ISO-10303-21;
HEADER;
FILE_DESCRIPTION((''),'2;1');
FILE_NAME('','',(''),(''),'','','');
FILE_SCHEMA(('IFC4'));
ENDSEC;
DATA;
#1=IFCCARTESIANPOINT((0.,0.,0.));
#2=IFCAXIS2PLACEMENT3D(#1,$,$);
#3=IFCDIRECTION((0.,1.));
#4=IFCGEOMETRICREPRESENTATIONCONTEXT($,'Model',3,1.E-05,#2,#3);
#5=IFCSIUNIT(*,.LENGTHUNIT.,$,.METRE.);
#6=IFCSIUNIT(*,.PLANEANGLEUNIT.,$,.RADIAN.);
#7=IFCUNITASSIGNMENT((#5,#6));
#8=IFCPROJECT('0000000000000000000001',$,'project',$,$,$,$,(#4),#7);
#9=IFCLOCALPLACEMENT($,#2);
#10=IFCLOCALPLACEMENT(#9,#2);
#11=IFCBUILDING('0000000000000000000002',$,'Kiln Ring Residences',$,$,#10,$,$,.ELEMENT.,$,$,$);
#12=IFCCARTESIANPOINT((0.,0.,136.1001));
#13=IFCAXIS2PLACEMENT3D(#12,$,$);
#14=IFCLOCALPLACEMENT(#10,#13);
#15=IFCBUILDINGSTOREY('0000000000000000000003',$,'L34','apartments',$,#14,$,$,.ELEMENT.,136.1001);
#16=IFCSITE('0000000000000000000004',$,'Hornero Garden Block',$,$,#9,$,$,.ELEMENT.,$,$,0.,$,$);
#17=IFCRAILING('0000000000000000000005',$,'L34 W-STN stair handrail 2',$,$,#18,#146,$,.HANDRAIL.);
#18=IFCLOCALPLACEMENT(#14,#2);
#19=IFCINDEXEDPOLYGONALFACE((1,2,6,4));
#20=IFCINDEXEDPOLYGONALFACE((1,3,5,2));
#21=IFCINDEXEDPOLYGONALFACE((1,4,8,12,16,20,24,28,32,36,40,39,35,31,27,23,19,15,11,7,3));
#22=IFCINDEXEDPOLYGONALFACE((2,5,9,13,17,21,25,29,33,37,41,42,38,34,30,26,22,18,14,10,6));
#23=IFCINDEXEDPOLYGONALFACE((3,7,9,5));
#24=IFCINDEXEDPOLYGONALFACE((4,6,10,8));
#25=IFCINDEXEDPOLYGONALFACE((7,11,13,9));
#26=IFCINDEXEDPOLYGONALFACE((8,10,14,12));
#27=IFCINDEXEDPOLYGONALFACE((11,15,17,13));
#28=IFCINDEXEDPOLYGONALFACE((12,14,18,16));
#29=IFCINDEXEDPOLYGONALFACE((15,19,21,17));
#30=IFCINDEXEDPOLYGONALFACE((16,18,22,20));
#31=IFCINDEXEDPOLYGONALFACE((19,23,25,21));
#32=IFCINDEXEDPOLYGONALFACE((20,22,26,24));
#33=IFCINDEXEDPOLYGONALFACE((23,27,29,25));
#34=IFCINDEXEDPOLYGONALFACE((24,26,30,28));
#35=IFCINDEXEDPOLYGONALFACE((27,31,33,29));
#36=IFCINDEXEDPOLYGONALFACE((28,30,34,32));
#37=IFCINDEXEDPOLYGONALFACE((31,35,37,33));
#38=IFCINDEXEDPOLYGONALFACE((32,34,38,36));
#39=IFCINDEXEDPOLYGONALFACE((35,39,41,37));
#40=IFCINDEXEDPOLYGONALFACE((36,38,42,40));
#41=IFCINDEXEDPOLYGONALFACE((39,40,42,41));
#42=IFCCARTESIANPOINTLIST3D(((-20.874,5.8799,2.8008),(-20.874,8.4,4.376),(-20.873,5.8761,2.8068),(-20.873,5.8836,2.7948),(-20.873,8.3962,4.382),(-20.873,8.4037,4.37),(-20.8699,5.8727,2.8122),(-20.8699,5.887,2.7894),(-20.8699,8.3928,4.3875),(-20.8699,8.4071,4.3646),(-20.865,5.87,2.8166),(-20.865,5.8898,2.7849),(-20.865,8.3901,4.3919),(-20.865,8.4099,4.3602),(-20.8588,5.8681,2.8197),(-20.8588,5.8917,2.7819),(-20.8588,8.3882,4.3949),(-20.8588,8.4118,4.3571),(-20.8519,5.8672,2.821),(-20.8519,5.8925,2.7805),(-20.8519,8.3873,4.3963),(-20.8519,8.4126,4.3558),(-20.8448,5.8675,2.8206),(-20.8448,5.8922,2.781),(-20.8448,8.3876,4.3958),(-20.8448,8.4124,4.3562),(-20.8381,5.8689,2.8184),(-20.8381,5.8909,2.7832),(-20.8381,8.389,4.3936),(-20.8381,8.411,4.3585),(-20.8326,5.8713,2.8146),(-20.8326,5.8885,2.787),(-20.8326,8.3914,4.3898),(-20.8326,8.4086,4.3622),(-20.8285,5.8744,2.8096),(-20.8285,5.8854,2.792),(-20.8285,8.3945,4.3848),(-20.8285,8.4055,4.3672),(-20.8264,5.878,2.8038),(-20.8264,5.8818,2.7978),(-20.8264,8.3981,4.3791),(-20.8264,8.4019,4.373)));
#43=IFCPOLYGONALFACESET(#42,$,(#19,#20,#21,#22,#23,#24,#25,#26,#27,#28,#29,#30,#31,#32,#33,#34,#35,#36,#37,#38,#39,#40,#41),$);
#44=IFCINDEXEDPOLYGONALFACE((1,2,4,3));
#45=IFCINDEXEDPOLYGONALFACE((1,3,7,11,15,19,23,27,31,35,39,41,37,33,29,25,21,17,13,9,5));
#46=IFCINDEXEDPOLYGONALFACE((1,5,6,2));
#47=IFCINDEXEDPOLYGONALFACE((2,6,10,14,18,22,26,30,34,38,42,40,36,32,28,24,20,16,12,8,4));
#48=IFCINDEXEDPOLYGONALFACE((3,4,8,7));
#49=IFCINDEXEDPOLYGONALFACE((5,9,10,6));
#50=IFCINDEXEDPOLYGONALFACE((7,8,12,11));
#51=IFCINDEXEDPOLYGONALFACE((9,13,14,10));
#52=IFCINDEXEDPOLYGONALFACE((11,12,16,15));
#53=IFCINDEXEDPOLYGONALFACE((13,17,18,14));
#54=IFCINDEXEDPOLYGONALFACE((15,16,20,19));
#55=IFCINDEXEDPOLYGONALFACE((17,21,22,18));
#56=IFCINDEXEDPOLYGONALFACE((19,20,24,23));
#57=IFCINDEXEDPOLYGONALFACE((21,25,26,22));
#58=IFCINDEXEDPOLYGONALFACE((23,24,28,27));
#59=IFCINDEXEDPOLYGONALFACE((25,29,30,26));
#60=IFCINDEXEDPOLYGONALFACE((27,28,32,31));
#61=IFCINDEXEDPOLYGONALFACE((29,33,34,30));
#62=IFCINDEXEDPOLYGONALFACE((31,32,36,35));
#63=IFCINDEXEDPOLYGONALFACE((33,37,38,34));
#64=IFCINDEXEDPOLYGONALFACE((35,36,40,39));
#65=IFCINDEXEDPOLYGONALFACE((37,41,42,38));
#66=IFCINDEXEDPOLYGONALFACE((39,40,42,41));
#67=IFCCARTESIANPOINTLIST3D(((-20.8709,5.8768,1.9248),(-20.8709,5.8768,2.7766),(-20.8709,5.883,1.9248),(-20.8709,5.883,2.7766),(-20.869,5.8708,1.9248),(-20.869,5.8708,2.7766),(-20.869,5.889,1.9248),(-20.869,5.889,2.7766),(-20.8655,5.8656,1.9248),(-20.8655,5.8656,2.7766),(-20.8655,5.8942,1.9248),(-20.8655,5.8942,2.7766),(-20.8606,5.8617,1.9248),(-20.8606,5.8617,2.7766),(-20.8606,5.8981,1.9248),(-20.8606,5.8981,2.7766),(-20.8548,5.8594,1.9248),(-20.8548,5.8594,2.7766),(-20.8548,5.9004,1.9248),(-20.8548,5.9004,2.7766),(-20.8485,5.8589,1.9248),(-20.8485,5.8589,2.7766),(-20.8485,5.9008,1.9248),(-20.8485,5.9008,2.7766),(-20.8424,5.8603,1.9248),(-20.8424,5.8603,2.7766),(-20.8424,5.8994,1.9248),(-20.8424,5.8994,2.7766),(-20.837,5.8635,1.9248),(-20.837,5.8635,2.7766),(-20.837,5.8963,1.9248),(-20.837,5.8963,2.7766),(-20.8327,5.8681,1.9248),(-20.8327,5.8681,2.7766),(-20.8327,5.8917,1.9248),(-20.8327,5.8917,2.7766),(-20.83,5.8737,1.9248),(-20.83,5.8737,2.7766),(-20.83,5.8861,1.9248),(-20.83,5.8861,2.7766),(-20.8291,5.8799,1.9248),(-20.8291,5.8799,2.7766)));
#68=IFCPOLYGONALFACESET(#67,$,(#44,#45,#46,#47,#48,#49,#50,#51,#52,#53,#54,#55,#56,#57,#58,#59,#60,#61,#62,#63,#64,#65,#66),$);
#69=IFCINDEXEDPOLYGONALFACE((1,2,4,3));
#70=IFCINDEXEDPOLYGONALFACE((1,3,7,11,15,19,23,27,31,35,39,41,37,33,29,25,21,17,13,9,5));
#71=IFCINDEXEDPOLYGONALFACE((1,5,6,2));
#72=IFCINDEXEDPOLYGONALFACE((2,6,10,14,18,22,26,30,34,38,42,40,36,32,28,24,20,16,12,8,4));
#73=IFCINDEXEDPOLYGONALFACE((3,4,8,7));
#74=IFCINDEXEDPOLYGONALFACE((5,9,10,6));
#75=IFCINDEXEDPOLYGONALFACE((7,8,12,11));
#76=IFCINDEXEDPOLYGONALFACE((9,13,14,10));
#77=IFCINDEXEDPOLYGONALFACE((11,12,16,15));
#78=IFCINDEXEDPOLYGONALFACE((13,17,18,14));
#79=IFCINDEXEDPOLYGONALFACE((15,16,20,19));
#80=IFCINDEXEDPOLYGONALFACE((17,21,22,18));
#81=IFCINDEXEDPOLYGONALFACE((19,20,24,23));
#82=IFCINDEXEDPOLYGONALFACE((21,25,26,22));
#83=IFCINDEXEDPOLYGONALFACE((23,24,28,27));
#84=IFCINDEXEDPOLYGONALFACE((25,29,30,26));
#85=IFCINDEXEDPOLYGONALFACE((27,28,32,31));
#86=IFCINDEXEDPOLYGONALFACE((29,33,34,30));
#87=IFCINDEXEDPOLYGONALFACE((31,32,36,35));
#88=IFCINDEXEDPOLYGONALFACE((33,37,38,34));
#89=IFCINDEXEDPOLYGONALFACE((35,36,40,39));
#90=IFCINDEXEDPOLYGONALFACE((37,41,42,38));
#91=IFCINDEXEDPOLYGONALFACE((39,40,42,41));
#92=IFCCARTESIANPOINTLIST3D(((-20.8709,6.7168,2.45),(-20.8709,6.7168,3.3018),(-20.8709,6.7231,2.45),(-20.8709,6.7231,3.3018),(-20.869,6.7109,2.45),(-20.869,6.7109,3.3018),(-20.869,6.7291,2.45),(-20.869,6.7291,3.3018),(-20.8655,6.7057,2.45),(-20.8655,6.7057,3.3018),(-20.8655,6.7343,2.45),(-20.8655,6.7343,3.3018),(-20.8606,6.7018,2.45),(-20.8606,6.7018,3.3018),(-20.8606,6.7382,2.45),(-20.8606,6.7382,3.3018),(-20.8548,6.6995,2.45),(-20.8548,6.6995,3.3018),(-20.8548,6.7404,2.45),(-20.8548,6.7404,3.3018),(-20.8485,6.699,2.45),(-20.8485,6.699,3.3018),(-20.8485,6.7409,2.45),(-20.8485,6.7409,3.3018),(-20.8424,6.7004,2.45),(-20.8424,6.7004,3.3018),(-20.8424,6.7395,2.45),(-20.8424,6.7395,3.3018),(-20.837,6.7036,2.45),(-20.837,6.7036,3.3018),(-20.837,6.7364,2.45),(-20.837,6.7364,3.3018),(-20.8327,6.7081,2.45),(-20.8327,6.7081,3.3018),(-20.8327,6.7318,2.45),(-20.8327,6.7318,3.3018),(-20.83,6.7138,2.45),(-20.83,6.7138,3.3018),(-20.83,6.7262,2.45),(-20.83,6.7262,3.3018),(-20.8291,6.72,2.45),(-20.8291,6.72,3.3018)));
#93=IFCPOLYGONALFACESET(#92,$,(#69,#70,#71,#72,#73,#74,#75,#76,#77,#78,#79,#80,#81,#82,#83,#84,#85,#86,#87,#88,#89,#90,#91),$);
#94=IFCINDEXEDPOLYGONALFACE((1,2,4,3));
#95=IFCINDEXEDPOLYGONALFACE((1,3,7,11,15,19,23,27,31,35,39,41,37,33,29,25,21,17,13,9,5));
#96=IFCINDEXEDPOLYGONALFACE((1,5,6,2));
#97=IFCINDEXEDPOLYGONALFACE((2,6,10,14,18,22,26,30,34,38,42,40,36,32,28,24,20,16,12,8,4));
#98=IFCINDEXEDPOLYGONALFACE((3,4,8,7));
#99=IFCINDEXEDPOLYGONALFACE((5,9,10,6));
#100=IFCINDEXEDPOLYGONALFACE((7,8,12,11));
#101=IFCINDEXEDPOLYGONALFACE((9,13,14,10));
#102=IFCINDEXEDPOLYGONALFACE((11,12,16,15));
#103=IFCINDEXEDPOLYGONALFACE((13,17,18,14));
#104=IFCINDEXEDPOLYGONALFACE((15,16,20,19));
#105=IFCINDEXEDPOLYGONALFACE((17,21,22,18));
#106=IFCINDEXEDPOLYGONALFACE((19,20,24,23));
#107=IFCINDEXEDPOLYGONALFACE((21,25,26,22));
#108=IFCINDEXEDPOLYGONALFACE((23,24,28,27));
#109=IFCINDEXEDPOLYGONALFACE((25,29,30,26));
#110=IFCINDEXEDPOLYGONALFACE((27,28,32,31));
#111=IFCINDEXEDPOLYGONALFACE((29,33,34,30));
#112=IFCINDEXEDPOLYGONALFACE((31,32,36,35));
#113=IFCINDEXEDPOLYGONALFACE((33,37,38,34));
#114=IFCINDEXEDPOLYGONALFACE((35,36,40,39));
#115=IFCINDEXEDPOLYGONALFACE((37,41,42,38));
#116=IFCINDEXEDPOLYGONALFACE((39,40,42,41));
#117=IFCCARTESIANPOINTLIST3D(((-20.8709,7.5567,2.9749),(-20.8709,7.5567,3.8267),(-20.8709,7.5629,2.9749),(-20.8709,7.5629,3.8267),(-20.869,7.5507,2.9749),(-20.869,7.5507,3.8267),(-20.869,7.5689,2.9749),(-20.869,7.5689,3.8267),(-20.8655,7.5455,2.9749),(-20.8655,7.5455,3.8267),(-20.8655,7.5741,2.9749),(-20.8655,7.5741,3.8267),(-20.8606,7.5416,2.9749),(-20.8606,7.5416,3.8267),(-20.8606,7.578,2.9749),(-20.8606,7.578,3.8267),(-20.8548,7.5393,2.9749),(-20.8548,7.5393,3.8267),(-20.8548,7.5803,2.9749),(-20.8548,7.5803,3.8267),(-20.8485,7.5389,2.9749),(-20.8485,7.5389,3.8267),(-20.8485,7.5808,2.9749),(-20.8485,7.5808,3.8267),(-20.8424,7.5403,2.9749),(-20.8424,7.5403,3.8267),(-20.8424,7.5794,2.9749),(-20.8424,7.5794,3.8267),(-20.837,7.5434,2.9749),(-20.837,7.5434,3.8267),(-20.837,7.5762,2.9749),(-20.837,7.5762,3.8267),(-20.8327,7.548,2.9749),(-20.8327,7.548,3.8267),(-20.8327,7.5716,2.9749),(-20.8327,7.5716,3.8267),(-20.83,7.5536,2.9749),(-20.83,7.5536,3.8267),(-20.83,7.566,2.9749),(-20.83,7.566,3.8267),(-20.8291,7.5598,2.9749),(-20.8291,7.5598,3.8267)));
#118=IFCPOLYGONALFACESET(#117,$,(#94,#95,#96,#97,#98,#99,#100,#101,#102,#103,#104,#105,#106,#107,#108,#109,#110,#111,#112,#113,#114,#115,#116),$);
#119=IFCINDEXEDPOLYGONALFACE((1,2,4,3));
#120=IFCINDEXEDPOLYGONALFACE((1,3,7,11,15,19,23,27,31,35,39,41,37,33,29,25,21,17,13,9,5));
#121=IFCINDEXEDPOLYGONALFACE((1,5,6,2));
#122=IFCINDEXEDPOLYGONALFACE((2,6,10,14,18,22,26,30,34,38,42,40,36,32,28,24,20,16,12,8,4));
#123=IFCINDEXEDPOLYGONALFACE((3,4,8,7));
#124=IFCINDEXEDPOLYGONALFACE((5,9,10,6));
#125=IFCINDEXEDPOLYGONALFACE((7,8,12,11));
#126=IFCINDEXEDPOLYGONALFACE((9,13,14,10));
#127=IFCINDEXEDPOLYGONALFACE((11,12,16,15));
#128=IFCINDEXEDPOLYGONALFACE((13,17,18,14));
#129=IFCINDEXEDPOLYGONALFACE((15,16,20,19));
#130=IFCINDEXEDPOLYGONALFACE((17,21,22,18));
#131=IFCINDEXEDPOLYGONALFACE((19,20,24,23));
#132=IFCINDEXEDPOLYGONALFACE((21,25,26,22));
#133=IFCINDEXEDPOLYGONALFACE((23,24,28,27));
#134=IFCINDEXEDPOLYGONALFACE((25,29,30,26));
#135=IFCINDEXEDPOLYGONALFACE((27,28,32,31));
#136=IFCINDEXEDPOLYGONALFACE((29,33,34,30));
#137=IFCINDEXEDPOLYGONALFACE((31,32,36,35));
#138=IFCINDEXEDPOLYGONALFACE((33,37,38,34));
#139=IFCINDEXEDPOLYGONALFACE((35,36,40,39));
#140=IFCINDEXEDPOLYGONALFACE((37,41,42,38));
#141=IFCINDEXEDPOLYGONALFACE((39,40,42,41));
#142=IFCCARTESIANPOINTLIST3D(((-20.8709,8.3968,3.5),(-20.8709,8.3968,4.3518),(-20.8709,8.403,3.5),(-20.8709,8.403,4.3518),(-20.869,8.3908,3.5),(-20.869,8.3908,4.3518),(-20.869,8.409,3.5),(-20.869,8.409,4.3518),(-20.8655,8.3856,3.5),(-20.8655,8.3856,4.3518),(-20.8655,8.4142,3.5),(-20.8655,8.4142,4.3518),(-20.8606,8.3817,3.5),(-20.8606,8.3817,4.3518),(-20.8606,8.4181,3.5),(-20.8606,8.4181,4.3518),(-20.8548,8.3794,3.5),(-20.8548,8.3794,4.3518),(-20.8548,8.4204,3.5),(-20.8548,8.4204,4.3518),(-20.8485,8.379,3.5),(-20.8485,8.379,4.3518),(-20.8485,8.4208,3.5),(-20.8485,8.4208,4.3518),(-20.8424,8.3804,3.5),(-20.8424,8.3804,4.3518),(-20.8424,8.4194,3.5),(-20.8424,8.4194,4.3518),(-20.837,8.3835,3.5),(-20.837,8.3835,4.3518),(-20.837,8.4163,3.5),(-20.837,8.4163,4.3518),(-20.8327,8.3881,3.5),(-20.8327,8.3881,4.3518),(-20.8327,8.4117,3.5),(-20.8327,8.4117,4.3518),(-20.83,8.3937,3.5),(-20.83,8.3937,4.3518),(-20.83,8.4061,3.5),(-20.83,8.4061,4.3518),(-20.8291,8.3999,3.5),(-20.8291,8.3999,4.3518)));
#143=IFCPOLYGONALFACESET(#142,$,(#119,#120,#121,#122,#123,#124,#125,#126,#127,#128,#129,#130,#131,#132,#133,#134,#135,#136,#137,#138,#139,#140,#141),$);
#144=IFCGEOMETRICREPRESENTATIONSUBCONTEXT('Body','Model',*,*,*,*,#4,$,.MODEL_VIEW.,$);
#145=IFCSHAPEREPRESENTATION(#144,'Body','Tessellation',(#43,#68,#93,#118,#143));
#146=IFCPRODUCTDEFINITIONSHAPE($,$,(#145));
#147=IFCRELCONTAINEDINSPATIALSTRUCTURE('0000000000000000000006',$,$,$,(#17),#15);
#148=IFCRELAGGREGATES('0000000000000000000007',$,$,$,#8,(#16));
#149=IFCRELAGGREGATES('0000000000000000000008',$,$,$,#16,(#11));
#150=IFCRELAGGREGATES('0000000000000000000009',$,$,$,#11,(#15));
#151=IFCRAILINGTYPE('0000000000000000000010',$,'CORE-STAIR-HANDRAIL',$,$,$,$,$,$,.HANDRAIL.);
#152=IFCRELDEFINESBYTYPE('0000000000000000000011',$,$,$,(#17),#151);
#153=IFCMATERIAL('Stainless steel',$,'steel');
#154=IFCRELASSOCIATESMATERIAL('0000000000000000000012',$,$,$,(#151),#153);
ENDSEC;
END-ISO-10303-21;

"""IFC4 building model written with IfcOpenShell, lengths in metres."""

from ifc_helpers import new_model, si_unit, direction, frame, origin, origin_2d, place, context, subcontext, project, spatial, circle, extrude, material, type_object, element, save


model = new_model("IFC4")

# Units and contexts
model_context = context("Model", 3, precision=1e-05, world=origin(), true_north=direction((0.0, 1.0)))
body_context = subcontext(model_context, "Body", "Model", "MODEL_VIEW")
ifc_project = project(units=[si_unit("LENGTHUNIT", "METRE"), si_unit("PLANEANGLEUNIT", "RADIAN")], contexts=[model_context])

# Site, building, storey
site_placement = place(None, origin())
site = spatial("IfcSite", under=ifc_project, at=site_placement, Name="Hornero Garden Block", CompositionType="ELEMENT", RefElevation=0.0)
building_placement = place(site_placement, origin())
building = spatial("IfcBuilding", under=site, at=building_placement, Name="Kiln Ring Residences", CompositionType="ELEMENT")
storey_placement = place(building_placement, frame((0.0, 0.0, 136.1001)))
storey = spatial("IfcBuildingStorey", under=building, at=storey_placement, Name="L34", Description="apartments", CompositionType="ELEMENT", Elevation=136.1001)

# Railing
ifc_material_1 = material(Name="Stainless steel", Category="steel")
railing_type_1 = type_object("IfcRailingType", Name="CORE-STAIR-HANDRAIL", PredefinedType="HANDRAIL", material=ifc_material_1)
railing_1_placement = place(storey_placement, frame((-20.8501, 5.8799, 1.9248)))
element("IfcRailing", 1, at=railing_1_placement, inside=storey, type_object=railing_type_1, Name="L34 W-STN stair handrail 2", PredefinedType="HANDRAIL", context=body_context, shape_type="SweptSolid", body=[
    extrude(circle(Radius=0.0239, at=origin_2d()), frame((0.0, 0.0, 0.876), z_axis=(0.0, 0.847971, 0.530043), x_axis=(-1.0, 0.0, 0.0)), (0.0, 0.0, 1.0), 2.9719),
    extrude(circle(Radius=0.021, at=origin_2d()), origin(), (0.0, 0.0, 1.0), 0.8518),
    extrude(circle(Radius=0.021, at=origin_2d()), frame((0.0, 0.8401, 0.5251)), (0.0, 0.0, 1.0), 0.8518),
    extrude(circle(Radius=0.021, at=origin_2d()), frame((0.0, 1.6799, 1.05)), (0.0, 0.0, 1.0), 0.8518),
    extrude(circle(Radius=0.021, at=origin_2d()), frame((0.0, 2.52, 1.5752)), (0.0, 0.0, 1.0), 0.8518),
])

save(model, "model.ifc")
